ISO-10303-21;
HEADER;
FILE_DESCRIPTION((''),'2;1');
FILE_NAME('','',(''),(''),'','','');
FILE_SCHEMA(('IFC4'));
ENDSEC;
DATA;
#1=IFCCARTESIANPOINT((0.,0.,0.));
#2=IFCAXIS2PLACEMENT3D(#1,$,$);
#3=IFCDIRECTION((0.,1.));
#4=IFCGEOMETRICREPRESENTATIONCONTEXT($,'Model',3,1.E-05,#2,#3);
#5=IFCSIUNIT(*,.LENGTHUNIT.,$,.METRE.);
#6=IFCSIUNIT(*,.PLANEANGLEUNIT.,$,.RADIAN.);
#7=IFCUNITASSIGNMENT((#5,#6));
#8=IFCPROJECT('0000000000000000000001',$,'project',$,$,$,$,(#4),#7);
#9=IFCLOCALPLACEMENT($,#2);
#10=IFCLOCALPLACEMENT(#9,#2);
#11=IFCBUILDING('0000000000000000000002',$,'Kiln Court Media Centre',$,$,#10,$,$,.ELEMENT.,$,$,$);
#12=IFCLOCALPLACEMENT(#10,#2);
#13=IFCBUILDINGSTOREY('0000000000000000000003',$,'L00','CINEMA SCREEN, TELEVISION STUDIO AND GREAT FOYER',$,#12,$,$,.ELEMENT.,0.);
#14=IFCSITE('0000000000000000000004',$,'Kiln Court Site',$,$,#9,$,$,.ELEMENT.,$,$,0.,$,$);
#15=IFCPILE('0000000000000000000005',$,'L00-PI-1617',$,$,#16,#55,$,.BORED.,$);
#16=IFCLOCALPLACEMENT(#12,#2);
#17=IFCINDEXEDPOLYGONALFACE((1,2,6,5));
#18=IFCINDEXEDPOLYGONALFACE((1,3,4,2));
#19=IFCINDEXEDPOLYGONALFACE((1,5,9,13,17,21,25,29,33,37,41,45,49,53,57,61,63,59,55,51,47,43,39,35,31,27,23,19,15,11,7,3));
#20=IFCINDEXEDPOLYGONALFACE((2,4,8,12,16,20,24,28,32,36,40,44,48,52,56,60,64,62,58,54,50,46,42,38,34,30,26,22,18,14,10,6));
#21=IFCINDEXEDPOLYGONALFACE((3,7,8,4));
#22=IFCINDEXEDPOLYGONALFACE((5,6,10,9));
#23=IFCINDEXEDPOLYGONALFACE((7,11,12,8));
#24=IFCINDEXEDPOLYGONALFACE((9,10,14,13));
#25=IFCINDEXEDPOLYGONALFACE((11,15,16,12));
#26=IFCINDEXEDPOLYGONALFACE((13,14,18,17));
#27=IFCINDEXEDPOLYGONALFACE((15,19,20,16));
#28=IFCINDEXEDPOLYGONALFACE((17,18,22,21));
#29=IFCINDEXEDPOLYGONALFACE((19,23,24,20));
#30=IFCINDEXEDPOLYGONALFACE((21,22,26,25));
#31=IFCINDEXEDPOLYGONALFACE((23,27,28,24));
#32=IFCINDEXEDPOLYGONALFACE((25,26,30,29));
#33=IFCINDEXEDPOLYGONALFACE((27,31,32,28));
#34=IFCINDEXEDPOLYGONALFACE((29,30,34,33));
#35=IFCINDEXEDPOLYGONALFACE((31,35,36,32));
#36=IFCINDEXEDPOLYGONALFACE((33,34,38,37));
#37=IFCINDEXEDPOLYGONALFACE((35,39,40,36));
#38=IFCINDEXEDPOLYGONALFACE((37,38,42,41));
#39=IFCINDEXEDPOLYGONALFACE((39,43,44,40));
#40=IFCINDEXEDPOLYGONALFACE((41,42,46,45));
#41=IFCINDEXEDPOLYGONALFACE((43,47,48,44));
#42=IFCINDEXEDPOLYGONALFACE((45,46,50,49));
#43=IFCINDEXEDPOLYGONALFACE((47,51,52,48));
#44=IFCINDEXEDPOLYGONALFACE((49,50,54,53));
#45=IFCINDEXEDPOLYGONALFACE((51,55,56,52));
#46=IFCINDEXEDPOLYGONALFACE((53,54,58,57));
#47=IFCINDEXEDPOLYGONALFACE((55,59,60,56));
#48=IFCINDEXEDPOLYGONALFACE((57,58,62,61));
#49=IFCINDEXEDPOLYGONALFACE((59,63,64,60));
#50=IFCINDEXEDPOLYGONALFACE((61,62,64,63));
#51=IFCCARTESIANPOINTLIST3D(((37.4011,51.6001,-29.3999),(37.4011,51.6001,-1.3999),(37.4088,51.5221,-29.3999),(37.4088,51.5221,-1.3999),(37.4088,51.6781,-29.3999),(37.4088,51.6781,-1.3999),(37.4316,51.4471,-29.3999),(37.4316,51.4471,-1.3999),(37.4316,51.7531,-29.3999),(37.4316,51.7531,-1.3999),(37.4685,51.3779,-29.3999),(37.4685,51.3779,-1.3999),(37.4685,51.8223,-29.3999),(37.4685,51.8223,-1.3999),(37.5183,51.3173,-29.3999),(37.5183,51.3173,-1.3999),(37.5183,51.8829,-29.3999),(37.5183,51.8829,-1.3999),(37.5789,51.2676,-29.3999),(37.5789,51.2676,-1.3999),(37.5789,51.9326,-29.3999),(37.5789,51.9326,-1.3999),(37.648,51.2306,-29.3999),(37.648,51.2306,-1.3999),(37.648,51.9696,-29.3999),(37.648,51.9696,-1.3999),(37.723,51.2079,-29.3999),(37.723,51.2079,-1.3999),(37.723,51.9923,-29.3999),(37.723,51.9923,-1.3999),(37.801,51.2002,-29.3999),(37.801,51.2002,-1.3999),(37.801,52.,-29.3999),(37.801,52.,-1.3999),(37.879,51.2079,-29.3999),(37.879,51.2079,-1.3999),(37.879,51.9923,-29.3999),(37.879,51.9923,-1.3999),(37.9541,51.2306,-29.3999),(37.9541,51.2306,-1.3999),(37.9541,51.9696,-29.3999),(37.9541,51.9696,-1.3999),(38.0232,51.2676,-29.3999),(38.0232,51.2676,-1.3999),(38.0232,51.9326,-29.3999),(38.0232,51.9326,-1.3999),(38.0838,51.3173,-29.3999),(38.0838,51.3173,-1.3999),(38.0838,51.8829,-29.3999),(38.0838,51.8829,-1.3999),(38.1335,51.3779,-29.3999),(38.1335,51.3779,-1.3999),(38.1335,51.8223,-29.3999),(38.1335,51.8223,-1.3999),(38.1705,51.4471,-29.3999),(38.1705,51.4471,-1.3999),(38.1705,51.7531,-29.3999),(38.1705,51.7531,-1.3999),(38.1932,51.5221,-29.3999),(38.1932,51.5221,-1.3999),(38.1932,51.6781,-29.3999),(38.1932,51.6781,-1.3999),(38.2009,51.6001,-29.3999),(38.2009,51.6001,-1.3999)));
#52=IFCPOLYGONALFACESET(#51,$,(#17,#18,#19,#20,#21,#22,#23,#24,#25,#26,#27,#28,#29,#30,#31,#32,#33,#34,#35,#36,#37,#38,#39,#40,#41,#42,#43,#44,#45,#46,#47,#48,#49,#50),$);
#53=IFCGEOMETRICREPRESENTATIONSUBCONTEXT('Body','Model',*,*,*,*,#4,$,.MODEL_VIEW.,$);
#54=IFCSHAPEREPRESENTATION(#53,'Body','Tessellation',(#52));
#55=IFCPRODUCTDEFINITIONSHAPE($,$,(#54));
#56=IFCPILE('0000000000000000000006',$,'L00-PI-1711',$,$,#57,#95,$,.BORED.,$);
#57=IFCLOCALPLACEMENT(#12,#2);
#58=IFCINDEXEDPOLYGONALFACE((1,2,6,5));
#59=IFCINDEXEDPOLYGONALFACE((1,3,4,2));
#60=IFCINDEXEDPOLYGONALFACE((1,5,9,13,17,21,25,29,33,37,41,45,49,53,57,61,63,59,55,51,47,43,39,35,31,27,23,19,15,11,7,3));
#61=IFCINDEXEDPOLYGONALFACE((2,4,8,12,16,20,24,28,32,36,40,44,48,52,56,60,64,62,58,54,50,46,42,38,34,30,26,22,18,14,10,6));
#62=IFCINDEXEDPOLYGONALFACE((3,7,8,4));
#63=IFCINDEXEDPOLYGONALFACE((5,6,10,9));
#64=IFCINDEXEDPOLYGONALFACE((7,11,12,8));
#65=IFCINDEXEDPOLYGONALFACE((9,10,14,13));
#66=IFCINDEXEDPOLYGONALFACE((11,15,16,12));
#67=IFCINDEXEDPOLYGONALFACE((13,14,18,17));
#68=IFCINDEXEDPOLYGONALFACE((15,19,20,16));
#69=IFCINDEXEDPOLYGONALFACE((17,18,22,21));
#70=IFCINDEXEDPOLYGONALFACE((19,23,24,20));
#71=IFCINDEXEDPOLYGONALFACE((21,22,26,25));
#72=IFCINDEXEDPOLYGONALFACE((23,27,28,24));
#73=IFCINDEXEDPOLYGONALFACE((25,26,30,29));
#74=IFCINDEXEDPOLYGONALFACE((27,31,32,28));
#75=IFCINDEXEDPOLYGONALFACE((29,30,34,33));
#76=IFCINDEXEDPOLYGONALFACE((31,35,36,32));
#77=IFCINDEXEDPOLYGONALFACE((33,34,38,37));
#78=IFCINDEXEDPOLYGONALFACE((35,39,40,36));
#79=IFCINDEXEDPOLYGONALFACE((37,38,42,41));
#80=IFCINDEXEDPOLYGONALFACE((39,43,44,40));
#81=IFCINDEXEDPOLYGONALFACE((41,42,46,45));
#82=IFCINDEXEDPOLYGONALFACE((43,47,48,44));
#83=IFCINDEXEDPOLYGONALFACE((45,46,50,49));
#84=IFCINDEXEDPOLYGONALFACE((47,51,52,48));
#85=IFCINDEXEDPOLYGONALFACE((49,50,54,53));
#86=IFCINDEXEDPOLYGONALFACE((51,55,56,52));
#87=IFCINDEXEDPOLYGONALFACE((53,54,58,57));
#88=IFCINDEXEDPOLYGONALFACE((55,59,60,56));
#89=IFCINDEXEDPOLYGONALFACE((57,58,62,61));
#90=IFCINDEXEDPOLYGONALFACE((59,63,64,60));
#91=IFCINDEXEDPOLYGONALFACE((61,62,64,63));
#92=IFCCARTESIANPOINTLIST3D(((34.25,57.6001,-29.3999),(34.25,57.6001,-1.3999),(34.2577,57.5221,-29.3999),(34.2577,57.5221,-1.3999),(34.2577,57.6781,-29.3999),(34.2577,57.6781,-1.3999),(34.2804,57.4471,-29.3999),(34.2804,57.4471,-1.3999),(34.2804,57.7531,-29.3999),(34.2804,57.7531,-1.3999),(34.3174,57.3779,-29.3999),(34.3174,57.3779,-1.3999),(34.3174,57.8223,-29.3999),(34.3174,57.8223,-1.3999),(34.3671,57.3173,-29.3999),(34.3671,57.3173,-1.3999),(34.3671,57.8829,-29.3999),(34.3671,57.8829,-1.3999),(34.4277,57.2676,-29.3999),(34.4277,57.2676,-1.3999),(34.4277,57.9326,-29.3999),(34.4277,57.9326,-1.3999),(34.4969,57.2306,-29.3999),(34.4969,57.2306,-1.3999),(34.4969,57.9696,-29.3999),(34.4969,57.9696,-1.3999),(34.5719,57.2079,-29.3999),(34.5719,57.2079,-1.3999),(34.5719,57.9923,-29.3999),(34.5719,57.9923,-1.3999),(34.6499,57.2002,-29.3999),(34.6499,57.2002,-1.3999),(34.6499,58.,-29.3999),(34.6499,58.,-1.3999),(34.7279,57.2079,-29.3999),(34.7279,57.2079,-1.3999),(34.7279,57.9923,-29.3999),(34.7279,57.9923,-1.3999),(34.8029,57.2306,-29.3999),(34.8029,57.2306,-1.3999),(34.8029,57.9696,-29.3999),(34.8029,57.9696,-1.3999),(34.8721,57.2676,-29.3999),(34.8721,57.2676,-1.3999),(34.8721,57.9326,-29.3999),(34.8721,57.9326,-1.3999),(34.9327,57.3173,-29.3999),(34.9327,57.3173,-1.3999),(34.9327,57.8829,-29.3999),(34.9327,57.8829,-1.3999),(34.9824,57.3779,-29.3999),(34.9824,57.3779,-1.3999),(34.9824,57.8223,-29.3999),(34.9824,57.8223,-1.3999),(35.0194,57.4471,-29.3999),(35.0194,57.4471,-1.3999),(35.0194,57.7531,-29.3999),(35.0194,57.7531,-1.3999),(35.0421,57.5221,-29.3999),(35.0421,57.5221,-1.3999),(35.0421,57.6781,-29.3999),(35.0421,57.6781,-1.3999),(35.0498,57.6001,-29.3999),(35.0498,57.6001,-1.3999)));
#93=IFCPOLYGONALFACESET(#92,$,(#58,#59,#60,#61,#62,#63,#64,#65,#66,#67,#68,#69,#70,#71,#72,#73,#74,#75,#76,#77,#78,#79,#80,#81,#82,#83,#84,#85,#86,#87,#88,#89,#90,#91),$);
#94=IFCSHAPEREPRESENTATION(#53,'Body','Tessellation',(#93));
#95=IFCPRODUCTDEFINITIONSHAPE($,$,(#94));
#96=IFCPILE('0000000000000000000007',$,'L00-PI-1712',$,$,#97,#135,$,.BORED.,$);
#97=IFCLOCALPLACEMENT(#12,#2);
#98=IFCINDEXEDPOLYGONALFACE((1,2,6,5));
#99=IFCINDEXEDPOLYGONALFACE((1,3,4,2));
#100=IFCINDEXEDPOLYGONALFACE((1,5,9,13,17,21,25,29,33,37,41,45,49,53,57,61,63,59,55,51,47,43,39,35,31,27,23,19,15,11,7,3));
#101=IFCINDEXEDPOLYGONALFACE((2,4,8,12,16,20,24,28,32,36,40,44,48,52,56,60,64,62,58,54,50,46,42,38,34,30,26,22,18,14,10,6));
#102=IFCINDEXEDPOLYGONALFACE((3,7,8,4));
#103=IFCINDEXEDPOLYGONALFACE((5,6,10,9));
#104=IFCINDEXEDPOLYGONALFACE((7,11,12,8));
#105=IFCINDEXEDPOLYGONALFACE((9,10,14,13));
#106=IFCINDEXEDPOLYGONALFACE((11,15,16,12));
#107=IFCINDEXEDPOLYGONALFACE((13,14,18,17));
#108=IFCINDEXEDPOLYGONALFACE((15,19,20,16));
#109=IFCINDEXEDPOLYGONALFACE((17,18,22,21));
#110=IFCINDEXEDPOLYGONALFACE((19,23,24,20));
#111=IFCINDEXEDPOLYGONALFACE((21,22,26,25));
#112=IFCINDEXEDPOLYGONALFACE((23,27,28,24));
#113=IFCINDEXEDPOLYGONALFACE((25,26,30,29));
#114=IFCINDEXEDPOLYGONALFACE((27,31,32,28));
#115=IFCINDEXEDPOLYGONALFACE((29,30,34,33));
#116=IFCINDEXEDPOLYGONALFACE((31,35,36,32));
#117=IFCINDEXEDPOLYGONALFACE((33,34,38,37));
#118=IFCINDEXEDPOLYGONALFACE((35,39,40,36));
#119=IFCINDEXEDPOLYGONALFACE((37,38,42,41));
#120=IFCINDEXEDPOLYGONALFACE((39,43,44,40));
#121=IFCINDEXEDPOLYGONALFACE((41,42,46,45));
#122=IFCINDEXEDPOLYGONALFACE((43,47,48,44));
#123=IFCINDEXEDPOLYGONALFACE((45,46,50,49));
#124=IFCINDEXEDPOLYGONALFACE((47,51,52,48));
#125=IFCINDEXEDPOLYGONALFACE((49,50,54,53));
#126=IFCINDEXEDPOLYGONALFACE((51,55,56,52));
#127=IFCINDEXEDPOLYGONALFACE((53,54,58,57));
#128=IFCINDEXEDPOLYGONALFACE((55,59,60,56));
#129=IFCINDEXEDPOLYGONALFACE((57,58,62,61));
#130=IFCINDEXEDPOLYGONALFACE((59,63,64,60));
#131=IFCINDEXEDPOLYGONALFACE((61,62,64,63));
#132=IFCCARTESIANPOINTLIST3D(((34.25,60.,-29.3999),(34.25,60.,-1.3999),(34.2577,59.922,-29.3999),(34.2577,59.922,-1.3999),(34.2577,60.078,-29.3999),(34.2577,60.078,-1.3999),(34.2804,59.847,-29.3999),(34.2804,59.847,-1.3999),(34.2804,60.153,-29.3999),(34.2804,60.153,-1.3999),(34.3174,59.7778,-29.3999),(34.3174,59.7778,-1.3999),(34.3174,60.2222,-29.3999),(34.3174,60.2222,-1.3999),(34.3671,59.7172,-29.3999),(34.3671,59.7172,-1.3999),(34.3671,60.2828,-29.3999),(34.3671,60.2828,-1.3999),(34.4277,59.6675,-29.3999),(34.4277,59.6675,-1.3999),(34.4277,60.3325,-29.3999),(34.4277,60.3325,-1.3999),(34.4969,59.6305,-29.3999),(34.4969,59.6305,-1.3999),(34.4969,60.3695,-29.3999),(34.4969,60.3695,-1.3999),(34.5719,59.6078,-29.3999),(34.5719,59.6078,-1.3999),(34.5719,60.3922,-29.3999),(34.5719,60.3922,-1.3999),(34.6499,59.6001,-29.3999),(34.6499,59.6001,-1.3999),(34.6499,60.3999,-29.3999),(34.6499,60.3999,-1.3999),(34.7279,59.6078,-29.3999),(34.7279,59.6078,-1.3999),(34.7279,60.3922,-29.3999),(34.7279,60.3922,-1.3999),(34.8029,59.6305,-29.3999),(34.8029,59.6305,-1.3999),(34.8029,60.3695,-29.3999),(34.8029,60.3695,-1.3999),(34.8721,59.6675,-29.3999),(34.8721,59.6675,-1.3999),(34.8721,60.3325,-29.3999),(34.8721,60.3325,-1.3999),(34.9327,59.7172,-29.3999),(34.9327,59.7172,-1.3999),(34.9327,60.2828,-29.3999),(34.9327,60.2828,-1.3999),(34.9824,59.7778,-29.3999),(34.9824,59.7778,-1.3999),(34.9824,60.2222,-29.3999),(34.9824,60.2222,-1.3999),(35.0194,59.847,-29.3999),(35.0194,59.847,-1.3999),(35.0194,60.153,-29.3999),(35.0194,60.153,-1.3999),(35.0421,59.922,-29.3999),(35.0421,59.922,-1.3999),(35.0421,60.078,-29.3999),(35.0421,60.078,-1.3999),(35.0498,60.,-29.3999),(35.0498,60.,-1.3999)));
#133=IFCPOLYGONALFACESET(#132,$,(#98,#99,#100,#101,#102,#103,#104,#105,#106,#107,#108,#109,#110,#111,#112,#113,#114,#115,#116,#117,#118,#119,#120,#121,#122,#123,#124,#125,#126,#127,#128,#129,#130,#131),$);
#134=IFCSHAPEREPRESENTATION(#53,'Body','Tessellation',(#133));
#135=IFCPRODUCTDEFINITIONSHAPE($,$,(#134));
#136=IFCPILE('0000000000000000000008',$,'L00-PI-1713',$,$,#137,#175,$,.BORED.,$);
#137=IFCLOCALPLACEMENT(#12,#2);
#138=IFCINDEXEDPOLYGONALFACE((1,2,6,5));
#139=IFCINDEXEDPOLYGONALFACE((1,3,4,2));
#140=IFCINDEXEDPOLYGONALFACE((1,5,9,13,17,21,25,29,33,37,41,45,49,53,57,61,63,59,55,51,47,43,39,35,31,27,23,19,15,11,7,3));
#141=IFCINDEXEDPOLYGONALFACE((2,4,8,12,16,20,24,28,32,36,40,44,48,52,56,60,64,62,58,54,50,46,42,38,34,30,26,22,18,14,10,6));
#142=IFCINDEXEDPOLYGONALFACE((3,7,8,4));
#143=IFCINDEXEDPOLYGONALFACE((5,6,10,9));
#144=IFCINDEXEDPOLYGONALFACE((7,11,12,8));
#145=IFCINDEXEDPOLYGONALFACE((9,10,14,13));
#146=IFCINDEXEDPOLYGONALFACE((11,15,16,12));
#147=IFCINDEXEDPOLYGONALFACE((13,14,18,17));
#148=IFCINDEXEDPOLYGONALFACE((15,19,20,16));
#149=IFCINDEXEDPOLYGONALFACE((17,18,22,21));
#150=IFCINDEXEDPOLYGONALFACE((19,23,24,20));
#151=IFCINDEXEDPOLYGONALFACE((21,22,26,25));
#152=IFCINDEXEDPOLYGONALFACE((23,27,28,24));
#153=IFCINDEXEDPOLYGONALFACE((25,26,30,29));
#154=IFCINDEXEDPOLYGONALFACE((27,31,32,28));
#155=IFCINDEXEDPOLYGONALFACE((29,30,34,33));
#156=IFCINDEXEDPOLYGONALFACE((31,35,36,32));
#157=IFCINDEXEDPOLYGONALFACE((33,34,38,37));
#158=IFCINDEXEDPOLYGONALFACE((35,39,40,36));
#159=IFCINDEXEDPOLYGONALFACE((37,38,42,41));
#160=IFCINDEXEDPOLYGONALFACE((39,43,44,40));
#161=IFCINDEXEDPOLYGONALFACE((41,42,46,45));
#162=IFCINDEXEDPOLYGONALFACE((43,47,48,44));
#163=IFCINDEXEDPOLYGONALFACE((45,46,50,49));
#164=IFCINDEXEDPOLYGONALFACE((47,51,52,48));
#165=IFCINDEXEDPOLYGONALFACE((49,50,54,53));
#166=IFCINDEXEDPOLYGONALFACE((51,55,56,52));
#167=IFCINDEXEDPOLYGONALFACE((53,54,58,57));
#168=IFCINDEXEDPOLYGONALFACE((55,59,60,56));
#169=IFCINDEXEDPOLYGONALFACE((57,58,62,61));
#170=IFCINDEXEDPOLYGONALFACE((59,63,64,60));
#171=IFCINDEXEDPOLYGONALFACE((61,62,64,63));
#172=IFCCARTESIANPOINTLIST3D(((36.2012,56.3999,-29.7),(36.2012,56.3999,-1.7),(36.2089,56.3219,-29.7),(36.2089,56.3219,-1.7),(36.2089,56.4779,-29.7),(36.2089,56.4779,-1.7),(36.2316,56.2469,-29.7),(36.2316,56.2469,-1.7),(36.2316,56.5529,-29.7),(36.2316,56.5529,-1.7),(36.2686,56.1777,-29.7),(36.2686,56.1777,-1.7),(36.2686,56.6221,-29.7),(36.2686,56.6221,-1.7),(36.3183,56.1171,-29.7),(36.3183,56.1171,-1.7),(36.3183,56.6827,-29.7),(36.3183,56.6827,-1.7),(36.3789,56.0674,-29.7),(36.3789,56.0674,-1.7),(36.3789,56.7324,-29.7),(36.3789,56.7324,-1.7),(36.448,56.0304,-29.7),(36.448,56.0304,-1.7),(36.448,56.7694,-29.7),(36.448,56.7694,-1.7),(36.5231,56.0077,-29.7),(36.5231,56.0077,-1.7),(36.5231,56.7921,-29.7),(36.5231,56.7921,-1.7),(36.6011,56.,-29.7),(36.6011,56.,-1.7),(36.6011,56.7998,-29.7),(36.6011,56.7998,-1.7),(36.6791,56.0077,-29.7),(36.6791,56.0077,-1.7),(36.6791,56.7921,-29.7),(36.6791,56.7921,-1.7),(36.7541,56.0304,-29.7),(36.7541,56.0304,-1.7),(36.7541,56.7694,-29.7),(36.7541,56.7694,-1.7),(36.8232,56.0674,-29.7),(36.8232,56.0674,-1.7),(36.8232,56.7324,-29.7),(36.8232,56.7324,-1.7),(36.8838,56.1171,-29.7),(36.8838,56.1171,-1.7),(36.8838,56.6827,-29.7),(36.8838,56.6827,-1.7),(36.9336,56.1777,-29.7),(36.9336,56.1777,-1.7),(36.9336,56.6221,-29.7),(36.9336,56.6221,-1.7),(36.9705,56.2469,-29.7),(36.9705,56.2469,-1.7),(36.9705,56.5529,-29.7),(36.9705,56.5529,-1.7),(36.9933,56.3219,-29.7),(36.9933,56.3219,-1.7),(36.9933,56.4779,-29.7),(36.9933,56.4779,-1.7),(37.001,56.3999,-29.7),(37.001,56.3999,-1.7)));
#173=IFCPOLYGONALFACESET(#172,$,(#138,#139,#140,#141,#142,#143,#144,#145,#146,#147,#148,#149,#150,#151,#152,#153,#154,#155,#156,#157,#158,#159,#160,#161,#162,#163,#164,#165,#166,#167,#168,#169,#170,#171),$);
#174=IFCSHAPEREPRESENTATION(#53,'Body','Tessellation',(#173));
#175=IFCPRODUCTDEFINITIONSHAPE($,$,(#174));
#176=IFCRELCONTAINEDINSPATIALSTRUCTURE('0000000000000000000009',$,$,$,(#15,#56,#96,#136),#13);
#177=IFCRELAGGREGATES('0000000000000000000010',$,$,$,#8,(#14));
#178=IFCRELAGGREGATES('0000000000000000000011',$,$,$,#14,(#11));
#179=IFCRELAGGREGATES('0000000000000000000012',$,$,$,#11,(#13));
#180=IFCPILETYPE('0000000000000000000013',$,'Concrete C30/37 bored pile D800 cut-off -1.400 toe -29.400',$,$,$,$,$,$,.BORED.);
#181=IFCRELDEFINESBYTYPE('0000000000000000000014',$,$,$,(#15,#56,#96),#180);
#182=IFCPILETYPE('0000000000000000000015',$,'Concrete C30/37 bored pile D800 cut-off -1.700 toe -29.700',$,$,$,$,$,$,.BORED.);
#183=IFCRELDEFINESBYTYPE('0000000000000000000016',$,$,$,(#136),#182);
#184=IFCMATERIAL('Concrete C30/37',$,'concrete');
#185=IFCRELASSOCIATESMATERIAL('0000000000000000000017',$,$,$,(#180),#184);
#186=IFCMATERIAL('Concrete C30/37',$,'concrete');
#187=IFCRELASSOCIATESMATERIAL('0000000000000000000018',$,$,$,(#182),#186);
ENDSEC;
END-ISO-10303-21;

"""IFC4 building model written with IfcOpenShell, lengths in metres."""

from ifc_helpers import new_model, si_unit, direction, frame, origin, origin_2d, place, context, subcontext, project, spatial, circle, extrude, material, material_profile, profile_set, type_object, element, save


model = new_model("IFC4")

# Units and contexts
model_context = context("Model", 3, precision=1e-05, world=origin(), true_north=direction((0.0, 1.0)))
body_context = subcontext(model_context, "Body", "Model", "MODEL_VIEW")
ifc_project = project(units=[si_unit("LENGTHUNIT", "METRE"), si_unit("PLANEANGLEUNIT", "RADIAN")], contexts=[model_context])

# Site, building, storey
site_placement = place(None, origin())
site = spatial("IfcSite", under=ifc_project, at=site_placement, Name="Kiln Court Site", CompositionType="ELEMENT", RefElevation=0.0)
building_placement = place(site_placement, origin())
building = spatial("IfcBuilding", under=site, at=building_placement, Name="Kiln Court Media Centre", CompositionType="ELEMENT")
storey_placement = place(building_placement, origin())
storey = spatial("IfcBuildingStorey", under=building, at=storey_placement, Name="L00", Description="CINEMA SCREEN, TELEVISION STUDIO AND GREAT FOYER", CompositionType="ELEMENT", Elevation=0.0)

# Piles
ifc_material_1 = material(Name="Concrete C30/37", Category="concrete")
ifc_material_profile_1 = material_profile(ifc_material_1, circle(Radius=0.3999, at=origin_2d()), Name="PILE D800")
ifc_profile_set_1 = profile_set([ifc_material_profile_1], Name="Concrete C30/37")
pile_type_1 = type_object("IfcPileType", Name="Concrete C30/37 bored pile D800 cut-off -1.400 toe -29.400", PredefinedType="BORED", material=ifc_profile_set_1)
for number, where, z_axis, x_axis, name in (
    (1, (37.801, 51.6001, -1.3999), (0.0, 0.0, -1.0), (1.0, 0.0, 0.0), "L00-PI-1617"),
    (2, (34.6499, 57.6001, -1.3999), (0.0, 0.0, -1.0), (1.0, 0.0, 0.0), "L00-PI-1711"),
    (3, (34.6499, 60.0, -1.3999), (0.0, 0.0, -1.0), (1.0, 0.0, 0.0), "L00-PI-1712"),
):
    element("IfcPile", number, at=place(storey_placement, frame(where, z_axis=z_axis, x_axis=x_axis)), inside=storey, type_object=pile_type_1, Name=name, PredefinedType="BORED", context=body_context, shape_type="SweptSolid", body=[
        extrude(circle(Radius=0.3999, at=origin_2d()), origin(), (0.0, 0.0, 1.0), 28.0),
    ])
ifc_material_2 = material(Name="Concrete C30/37", Category="concrete")
ifc_material_profile_2 = material_profile(ifc_material_2, circle(Radius=0.3999, at=origin_2d()), Name="PILE D800")
ifc_profile_set_2 = profile_set([ifc_material_profile_2], Name="Concrete C30/37")
pile_type_2 = type_object("IfcPileType", Name="Concrete C30/37 bored pile D800 cut-off -1.700 toe -29.700", PredefinedType="BORED", material=ifc_profile_set_2)
for number, where, z_axis, x_axis, name in (
    (4, (36.6011, 56.3999, -1.7), (0.0, 0.0, -1.0), (1.0, 0.0, 0.0), "L00-PI-1713"),
):
    element("IfcPile", number, at=place(storey_placement, frame(where, z_axis=z_axis, x_axis=x_axis)), inside=storey, type_object=pile_type_2, Name=name, PredefinedType="BORED", context=body_context, shape_type="SweptSolid", body=[
        extrude(circle(Radius=0.3999, at=origin_2d()), origin(), (0.0, 0.0, 1.0), 28.0),
    ])

save(model, "model.ifc")
